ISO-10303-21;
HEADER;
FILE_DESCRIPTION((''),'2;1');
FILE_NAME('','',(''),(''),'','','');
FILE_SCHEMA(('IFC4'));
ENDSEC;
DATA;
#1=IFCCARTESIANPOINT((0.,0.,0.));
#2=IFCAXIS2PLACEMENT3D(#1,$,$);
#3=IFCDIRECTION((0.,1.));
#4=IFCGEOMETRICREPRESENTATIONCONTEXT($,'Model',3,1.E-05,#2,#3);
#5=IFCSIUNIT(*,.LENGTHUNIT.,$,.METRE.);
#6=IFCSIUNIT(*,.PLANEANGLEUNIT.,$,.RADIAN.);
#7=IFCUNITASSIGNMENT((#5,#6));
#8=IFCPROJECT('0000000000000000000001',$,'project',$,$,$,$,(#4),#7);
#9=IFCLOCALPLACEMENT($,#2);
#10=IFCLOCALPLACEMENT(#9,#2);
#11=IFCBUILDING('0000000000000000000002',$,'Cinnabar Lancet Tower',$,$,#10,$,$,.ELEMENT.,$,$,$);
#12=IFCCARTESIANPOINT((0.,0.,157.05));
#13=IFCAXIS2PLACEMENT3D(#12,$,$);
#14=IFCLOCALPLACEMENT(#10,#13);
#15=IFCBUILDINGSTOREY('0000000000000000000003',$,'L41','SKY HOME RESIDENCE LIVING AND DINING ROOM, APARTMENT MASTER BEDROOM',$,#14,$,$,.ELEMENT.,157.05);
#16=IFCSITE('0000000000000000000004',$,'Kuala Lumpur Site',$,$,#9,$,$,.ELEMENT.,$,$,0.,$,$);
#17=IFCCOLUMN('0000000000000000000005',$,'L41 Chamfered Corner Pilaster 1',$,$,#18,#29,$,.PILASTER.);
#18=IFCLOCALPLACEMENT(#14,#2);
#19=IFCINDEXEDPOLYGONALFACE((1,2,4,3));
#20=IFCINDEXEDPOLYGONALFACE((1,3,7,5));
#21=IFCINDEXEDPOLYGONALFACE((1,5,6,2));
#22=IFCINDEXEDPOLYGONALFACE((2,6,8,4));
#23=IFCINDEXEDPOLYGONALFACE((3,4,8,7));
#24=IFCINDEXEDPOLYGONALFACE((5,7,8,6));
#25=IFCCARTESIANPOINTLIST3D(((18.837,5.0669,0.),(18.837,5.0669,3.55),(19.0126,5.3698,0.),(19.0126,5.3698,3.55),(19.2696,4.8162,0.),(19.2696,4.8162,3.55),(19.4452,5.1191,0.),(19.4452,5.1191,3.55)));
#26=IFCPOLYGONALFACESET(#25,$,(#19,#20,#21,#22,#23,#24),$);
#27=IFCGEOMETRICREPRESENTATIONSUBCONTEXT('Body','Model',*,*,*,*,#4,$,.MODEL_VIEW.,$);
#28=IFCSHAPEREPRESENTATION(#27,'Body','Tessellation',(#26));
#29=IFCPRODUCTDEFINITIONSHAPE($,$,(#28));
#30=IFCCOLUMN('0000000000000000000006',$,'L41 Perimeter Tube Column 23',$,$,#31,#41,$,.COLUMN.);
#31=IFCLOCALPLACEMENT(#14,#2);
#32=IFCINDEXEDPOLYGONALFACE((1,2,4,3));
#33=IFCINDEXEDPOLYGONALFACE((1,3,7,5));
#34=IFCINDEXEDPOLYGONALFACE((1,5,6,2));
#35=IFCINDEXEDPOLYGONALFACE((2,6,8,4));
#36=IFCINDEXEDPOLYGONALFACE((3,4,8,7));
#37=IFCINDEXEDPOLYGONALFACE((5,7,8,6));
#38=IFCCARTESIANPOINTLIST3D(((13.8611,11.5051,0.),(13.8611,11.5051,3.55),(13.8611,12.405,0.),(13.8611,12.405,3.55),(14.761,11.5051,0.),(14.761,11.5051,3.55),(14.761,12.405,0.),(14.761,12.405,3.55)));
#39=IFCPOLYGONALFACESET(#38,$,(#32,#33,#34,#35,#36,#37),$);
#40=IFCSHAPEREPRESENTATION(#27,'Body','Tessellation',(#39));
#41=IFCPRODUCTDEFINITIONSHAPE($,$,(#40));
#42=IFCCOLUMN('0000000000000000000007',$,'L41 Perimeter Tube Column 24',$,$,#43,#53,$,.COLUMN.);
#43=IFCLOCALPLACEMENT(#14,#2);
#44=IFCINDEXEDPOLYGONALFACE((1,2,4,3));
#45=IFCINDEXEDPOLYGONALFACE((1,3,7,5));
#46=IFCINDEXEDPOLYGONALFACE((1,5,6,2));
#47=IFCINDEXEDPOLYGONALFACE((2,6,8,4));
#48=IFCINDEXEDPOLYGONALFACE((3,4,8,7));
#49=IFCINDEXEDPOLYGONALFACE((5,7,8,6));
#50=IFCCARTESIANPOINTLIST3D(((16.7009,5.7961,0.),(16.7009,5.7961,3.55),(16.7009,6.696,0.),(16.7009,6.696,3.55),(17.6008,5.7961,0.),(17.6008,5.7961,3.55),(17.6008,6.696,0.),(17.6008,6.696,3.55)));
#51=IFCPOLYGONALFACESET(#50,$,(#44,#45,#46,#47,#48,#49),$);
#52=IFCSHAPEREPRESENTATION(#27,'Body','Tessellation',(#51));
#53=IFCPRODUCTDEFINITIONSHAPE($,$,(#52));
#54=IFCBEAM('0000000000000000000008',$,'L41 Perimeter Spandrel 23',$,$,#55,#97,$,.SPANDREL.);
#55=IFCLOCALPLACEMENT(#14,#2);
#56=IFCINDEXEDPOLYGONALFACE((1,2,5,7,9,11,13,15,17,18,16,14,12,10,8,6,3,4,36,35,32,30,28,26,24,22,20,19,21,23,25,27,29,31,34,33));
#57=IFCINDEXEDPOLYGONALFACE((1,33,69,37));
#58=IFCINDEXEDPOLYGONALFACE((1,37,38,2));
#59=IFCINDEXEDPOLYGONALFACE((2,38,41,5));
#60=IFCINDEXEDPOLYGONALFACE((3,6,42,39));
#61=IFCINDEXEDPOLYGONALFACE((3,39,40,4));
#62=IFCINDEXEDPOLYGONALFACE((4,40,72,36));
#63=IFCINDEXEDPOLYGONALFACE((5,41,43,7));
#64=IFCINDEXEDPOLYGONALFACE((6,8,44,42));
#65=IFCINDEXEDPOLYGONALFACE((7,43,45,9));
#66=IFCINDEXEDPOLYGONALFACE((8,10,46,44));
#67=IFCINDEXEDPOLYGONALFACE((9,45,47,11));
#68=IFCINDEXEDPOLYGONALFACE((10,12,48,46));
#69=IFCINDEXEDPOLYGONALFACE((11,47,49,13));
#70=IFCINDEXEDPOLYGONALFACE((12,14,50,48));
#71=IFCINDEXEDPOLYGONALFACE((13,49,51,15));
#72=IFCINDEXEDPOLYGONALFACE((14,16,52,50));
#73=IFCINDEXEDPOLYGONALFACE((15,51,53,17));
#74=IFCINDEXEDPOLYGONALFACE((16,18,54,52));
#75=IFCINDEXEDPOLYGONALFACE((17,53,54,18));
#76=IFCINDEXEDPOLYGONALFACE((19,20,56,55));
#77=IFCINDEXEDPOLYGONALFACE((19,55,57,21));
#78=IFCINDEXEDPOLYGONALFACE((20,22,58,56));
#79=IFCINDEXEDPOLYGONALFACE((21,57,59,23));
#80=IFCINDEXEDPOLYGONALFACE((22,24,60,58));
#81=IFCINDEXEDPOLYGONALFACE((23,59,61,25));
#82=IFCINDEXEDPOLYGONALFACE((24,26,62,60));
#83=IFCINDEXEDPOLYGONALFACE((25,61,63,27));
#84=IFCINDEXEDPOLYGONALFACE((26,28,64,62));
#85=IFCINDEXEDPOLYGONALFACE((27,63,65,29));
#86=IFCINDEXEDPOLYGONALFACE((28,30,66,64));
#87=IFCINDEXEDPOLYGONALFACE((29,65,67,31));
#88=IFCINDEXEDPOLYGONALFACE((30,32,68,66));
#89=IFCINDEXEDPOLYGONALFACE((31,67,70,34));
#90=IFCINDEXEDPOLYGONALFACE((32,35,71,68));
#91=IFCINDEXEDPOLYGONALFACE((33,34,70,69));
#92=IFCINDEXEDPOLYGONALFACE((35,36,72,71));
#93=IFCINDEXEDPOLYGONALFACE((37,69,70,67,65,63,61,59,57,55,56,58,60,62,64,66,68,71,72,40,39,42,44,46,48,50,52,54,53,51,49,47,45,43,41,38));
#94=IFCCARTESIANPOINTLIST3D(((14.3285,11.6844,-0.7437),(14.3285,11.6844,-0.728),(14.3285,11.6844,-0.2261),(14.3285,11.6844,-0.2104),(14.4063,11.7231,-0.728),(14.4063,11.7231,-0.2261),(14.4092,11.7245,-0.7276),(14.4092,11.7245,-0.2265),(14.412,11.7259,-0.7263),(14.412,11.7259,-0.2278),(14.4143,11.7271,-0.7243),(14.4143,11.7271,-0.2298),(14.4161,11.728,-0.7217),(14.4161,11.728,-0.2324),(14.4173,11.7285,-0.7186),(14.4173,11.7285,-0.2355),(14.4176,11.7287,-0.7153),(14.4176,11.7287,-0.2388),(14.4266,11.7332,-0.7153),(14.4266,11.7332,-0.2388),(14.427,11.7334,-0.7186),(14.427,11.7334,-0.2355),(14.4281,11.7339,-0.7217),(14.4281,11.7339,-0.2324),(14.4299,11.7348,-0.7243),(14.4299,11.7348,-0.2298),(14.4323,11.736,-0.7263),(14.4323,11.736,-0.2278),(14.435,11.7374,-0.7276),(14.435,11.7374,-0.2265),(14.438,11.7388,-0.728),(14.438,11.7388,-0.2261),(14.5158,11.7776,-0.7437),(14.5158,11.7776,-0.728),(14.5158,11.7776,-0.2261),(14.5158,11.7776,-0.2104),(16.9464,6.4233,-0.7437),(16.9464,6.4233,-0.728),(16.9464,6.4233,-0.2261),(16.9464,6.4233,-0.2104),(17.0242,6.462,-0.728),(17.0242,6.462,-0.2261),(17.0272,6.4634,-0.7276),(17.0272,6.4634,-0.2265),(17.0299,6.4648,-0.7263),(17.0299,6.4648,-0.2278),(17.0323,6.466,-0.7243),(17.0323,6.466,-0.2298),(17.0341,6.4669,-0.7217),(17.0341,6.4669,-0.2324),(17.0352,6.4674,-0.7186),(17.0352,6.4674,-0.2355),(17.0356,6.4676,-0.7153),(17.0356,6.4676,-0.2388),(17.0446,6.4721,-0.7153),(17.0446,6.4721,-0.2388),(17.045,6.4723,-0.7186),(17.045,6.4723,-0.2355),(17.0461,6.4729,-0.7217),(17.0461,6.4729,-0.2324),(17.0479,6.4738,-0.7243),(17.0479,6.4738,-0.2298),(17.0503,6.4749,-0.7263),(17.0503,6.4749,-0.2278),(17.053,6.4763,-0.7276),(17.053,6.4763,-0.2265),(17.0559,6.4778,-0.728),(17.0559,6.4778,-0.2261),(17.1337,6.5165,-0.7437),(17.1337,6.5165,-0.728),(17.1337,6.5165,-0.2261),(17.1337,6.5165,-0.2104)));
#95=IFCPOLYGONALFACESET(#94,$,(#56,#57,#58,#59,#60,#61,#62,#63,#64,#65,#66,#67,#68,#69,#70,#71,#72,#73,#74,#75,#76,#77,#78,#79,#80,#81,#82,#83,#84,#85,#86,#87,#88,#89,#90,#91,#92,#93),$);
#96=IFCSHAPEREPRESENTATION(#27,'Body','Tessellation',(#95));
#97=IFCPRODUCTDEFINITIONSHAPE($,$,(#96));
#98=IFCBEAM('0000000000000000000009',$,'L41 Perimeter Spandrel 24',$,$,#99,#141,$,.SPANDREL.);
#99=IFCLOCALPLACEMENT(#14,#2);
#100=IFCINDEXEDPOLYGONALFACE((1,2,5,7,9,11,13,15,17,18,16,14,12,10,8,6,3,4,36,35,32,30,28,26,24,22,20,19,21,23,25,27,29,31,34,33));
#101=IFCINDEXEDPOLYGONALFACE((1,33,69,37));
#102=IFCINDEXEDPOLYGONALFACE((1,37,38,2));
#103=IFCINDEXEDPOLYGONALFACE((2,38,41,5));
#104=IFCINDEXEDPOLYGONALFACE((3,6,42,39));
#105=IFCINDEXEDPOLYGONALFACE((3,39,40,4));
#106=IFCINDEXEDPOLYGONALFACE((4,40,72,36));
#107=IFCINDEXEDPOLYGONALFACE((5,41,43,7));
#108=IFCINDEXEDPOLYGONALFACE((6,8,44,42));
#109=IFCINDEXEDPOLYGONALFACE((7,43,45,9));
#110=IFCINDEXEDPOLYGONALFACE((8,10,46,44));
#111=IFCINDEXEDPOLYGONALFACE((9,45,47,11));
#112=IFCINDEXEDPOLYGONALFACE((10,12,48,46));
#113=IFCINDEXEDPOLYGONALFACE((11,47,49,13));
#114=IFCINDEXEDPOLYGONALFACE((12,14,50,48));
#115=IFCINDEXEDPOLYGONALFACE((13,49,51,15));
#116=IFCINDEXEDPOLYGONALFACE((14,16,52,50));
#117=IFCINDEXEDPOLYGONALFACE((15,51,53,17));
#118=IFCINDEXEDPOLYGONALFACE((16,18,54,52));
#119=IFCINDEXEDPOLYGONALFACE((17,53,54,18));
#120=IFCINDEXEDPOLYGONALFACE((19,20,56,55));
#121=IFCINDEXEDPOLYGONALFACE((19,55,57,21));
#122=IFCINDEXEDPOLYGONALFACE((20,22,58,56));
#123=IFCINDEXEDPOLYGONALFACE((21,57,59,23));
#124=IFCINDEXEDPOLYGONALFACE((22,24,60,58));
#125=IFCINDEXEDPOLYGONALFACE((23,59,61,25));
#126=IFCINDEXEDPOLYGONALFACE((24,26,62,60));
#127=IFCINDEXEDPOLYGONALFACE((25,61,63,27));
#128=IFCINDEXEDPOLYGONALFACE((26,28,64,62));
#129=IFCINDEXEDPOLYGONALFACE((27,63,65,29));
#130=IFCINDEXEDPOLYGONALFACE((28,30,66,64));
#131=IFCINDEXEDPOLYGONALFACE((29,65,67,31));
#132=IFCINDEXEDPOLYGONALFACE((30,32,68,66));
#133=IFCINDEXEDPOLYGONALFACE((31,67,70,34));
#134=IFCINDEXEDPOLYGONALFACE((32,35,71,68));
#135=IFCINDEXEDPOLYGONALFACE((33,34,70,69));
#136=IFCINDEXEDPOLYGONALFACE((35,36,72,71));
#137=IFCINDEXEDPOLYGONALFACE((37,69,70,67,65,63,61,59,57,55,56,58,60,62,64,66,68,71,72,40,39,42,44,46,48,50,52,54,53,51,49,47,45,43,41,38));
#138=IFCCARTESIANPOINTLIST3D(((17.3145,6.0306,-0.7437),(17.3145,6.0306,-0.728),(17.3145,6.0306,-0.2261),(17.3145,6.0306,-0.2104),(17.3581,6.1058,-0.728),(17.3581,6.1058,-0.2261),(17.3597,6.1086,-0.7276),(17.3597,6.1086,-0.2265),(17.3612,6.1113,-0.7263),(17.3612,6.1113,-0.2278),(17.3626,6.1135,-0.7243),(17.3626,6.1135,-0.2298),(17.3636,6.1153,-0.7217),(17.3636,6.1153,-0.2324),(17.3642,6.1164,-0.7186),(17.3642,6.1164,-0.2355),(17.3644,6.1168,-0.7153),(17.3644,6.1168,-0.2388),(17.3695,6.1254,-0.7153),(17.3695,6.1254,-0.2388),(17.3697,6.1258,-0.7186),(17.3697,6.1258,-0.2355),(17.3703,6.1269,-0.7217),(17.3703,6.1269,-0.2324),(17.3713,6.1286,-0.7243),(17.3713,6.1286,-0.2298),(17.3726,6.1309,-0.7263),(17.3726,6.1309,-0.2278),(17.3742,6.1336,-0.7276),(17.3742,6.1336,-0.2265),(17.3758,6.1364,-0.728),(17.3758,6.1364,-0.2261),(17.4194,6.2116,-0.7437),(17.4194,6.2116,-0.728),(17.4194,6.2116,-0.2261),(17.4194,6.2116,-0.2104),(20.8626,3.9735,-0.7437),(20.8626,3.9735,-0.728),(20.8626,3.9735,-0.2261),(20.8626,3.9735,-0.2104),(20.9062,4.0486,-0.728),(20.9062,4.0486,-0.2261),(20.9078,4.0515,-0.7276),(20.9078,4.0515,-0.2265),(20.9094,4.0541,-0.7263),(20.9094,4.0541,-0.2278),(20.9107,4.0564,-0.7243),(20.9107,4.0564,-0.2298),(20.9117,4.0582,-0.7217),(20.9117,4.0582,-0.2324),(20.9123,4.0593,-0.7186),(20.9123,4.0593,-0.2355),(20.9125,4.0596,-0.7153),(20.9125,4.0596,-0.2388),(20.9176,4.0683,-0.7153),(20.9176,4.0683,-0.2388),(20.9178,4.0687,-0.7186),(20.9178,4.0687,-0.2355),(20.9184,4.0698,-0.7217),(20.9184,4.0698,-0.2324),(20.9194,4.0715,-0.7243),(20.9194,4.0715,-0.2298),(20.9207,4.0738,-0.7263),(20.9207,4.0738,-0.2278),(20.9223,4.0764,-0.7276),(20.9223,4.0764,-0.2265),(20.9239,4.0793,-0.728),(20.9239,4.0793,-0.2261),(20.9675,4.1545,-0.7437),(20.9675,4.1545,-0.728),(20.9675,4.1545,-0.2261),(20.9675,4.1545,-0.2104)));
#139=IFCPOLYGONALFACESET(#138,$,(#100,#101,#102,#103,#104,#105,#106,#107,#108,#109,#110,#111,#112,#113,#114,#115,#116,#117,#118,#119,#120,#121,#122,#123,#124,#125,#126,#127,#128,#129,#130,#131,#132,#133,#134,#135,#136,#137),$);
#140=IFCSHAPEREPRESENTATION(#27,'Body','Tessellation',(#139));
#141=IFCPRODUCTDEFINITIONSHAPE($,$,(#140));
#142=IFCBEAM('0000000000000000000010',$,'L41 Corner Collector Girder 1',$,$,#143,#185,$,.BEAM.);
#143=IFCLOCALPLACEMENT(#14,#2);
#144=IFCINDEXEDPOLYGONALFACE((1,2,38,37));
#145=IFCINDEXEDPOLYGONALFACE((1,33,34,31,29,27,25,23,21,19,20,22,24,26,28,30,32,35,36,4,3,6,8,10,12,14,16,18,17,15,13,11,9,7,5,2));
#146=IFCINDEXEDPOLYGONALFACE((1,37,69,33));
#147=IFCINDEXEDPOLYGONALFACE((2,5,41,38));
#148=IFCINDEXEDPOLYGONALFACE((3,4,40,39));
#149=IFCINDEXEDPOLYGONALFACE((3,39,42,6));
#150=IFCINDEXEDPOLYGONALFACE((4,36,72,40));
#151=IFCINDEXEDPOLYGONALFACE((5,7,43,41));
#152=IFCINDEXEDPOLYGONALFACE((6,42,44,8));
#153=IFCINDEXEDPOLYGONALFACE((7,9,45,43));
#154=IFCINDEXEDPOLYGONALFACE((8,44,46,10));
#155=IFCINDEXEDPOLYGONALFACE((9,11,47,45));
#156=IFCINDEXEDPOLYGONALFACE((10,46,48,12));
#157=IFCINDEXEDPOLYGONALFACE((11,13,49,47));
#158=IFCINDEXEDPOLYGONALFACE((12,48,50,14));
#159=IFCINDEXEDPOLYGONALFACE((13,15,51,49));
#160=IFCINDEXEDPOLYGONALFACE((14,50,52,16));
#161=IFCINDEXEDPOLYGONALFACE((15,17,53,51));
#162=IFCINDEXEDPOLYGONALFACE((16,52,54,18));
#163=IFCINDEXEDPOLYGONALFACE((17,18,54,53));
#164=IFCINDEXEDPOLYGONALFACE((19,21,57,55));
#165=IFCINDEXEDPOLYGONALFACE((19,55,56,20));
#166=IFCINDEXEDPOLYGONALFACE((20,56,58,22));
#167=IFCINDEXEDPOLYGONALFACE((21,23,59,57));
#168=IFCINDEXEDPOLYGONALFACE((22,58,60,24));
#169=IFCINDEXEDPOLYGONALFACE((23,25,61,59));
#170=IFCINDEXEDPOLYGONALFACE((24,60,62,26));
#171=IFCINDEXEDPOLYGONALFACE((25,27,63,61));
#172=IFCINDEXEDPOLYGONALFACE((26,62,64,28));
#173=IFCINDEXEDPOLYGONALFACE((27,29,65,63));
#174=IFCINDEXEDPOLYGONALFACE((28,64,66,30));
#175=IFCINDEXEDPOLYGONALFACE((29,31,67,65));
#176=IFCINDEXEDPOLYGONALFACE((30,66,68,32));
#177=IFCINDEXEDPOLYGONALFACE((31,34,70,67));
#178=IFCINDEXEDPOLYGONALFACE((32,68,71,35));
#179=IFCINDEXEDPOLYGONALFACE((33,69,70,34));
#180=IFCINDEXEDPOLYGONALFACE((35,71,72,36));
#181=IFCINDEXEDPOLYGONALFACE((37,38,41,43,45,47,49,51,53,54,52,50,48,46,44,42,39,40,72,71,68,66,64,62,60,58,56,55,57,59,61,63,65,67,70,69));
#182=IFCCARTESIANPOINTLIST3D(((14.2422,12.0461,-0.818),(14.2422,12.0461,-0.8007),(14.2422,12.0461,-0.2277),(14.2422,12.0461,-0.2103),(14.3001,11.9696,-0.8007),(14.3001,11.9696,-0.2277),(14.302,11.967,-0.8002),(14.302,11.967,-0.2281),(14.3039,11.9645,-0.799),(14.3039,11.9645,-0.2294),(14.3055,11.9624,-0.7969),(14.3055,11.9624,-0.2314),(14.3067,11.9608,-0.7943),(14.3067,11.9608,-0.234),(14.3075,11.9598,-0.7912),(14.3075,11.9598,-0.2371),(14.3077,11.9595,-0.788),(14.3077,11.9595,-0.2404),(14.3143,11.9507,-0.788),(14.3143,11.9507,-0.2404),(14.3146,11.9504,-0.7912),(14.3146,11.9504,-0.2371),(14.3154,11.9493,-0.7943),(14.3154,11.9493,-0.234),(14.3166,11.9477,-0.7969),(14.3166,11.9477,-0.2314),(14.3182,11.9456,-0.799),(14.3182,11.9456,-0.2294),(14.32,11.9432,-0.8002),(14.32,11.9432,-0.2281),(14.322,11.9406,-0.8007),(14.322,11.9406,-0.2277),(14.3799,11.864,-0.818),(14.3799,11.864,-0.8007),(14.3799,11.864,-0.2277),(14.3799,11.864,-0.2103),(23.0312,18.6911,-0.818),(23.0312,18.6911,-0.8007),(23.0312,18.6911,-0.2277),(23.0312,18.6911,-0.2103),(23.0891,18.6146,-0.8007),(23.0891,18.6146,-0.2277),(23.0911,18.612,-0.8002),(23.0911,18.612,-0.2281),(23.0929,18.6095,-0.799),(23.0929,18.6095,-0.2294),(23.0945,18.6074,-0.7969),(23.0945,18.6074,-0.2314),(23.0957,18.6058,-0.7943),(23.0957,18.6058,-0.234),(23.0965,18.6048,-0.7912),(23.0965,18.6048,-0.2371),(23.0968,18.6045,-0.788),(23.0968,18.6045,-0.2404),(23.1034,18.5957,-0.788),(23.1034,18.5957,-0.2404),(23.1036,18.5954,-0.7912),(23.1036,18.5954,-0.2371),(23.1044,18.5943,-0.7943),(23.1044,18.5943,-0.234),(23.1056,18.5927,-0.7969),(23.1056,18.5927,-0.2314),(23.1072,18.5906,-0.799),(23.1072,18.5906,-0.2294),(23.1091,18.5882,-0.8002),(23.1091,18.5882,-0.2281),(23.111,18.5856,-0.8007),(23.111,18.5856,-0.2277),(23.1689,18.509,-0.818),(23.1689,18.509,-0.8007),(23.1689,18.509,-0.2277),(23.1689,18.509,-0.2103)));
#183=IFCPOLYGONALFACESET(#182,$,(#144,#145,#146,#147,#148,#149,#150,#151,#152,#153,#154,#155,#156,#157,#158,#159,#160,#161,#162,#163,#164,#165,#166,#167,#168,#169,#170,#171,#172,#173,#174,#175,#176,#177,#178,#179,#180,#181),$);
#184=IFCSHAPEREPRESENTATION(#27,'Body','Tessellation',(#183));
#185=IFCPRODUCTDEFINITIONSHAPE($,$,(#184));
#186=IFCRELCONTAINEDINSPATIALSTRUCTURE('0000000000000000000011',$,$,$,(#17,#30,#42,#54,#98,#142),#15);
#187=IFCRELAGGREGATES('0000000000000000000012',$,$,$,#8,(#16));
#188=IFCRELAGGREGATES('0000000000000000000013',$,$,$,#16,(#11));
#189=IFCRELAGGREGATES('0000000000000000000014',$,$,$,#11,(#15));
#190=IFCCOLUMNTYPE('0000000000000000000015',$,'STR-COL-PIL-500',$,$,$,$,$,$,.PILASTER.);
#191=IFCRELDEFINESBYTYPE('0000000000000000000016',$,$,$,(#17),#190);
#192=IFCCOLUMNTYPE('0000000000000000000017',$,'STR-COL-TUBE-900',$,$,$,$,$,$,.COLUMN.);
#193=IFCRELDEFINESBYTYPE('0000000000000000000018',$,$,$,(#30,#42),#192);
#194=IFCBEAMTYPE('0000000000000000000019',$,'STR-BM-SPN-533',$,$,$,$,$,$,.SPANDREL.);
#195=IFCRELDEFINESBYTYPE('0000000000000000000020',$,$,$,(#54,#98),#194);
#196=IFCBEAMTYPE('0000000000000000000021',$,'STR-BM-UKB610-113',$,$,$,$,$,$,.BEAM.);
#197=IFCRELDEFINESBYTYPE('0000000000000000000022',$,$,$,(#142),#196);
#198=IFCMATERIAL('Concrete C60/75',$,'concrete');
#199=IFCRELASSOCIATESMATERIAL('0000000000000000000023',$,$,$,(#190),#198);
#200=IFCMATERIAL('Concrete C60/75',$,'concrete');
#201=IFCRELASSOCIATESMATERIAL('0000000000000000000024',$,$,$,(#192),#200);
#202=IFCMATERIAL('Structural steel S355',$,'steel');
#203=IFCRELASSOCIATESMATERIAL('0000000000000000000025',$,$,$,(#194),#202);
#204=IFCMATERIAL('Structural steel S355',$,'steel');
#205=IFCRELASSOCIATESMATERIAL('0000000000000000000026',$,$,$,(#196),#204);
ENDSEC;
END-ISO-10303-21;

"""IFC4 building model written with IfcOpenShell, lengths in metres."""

from ifc_helpers import new_model, si_unit, direction, frame, origin, origin_2d, place, context, subcontext, project, spatial, rectangle, i_section, extrude, material, material_profile, profile_set, type_object, element, save


model = new_model("IFC4")

# Units and contexts
model_context = context("Model", 3, precision=1e-05, world=origin(), true_north=direction((0.0, 1.0)))
body_context = subcontext(model_context, "Body", "Model", "MODEL_VIEW")
ifc_project = project(units=[si_unit("LENGTHUNIT", "METRE"), si_unit("PLANEANGLEUNIT", "RADIAN")], contexts=[model_context])

# Site, building, storey
site_placement = place(None, origin())
site = spatial("IfcSite", under=ifc_project, at=site_placement, Name="Kuala Lumpur Site", CompositionType="ELEMENT", RefElevation=0.0)
building_placement = place(site_placement, origin())
building = spatial("IfcBuilding", under=site, at=building_placement, Name="Cinnabar Lancet Tower", CompositionType="ELEMENT")
storey_placement = place(building_placement, frame((0.0, 0.0, 157.05)))
storey = spatial("IfcBuildingStorey", under=building, at=storey_placement, Name="L41", Description="SKY HOME RESIDENCE LIVING AND DINING ROOM, APARTMENT MASTER BEDROOM", CompositionType="ELEMENT", Elevation=157.05)

# Columns
ifc_material_1 = material(Name="Concrete C60/75", Category="concrete")
ifc_material_profile_1 = material_profile(ifc_material_1, rectangle(XDim=0.5, YDim=0.3501, at=origin_2d()), Name="RC-PIL 500x350")
ifc_profile_set_1 = profile_set([ifc_material_profile_1], Name="Concrete C60/75")
column_type_1 = type_object("IfcColumnType", Name="STR-COL-PIL-500", PredefinedType="PILASTER", material=ifc_profile_set_1)
column_placement = place(storey_placement, frame((19.1411, 5.093, 0.0), z_axis=(0.0, 0.0, 1.0), x_axis=(0.86516, -0.501496, 0.0)))
element("IfcColumn", 1, at=column_placement, inside=storey, type_object=column_type_1, Name="L41 Chamfered Corner Pilaster 1", PredefinedType="PILASTER", context=body_context, shape_type="SweptSolid", body=[
    extrude(rectangle(XDim=0.5, YDim=0.3501, at=origin_2d()), origin(), (0.0, 0.0, 1.0), 3.55),
])
ifc_material_2 = material(Name="Concrete C60/75", Category="concrete")
ifc_material_profile_2 = material_profile(ifc_material_2, rectangle(XDim=0.8999, YDim=0.8999, at=origin_2d()), Name="RC-COL 900x900")
ifc_profile_set_2 = profile_set([ifc_material_profile_2], Name="Concrete C60/75")
column_type_2 = type_object("IfcColumnType", Name="STR-COL-TUBE-900", PredefinedType="COLUMN", material=ifc_profile_set_2)
for number, where, z_axis, x_axis, name in (
    (2, (14.311, 11.9551, 0.0), (0.0, 0.0, 1.0), (1.0, 0.0, 0.0), "L41 Perimeter Tube Column 23"),
    (3, (17.1509, 6.2461, 0.0), (0.0, 0.0, 1.0), (1.0, 0.0, 0.0), "L41 Perimeter Tube Column 24"),
):
    element("IfcColumn", number, at=place(storey_placement, frame(where, z_axis=z_axis, x_axis=x_axis)), inside=storey, type_object=column_type_2, Name=name, PredefinedType="COLUMN", context=body_context, shape_type="SweptSolid", body=[
        extrude(rectangle(XDim=0.8999, YDim=0.8999, at=origin_2d()), origin(), (0.0, 0.0, 1.0), 3.55),
    ])

# Beams
ifc_material_3 = material(Name="Structural steel S355", Category="steel")
ifc_material_profile_3 = material_profile(ifc_material_3, i_section(OverallWidth=0.2092, OverallDepth=0.5332, WebThickness=0.01, FlangeThickness=0.0156, FilletRadius=0.0127, at=origin_2d()), Name="UKB 533x210x92")
ifc_profile_set_3 = profile_set([ifc_material_profile_3], Name="Structural steel S355")
beam_type_1 = type_object("IfcBeamType", Name="STR-BM-SPN-533", PredefinedType="SPANDREL", material=ifc_profile_set_3)
beam_1_placement = place(storey_placement, frame((14.4221, 11.731, -0.4771), z_axis=(0.445501, -0.895281, 0.0), x_axis=(0.895281, 0.445501, 0.0)))
element("IfcBeam", 4, at=beam_1_placement, inside=storey, type_object=beam_type_1, Name="L41 Perimeter Spandrel 23", PredefinedType="SPANDREL", context=body_context, shape_type="SweptSolid", body=[
    extrude(i_section(OverallWidth=0.2092, OverallDepth=0.5332, WebThickness=0.01, FlangeThickness=0.0156, FilletRadius=0.0127, at=origin_2d()), origin(), (0.0, 0.0, 1.0), 5.8765),
])
beam_2_placement = place(storey_placement, frame((17.3669, 6.1211, -0.4771), z_axis=(0.865112, -0.501578, 0.0), x_axis=(0.501578, 0.865112, 0.0)))
element("IfcBeam", 5, at=beam_2_placement, inside=storey, type_object=beam_type_1, Name="L41 Perimeter Spandrel 24", PredefinedType="SPANDREL", context=body_context, shape_type="SweptSolid", body=[
    extrude(i_section(OverallWidth=0.2092, OverallDepth=0.5332, WebThickness=0.01, FlangeThickness=0.0156, FilletRadius=0.0127, at=origin_2d()), origin(), (0.0, 0.0, 1.0), 4.1013),
])
ifc_material_4 = material(Name="Structural steel S355", Category="steel")
ifc_material_profile_4 = material_profile(ifc_material_4, i_section(OverallWidth=0.2283, OverallDepth=0.6077, WebThickness=0.011, FlangeThickness=0.0173, FilletRadius=0.0127, at=origin_2d()), Name="UKB 610x229x113")
ifc_profile_set_4 = profile_set([ifc_material_profile_4], Name="Structural steel S355")
beam_type_2 = type_object("IfcBeamType", Name="STR-BM-UKB610-113", PredefinedType="BEAM", material=ifc_profile_set_4)
beam_3_placement = place(storey_placement, frame((14.311, 11.9551, -0.5142), z_axis=(0.797675, 0.603087, 0.0), x_axis=(-0.603087, 0.797675, 0.0)))
element("IfcBeam", 6, at=beam_3_placement, inside=storey, type_object=beam_type_2, Name="L41 Corner Collector Girder 1", PredefinedType="BEAM", context=body_context, shape_type="SweptSolid", body=[
    extrude(i_section(OverallWidth=0.2283, OverallDepth=0.6077, WebThickness=0.011, FlangeThickness=0.0173, FilletRadius=0.0127, at=origin_2d()), origin(), (0.0, 0.0, 1.0), 11.0183),
])

save(model, "model.ifc")
